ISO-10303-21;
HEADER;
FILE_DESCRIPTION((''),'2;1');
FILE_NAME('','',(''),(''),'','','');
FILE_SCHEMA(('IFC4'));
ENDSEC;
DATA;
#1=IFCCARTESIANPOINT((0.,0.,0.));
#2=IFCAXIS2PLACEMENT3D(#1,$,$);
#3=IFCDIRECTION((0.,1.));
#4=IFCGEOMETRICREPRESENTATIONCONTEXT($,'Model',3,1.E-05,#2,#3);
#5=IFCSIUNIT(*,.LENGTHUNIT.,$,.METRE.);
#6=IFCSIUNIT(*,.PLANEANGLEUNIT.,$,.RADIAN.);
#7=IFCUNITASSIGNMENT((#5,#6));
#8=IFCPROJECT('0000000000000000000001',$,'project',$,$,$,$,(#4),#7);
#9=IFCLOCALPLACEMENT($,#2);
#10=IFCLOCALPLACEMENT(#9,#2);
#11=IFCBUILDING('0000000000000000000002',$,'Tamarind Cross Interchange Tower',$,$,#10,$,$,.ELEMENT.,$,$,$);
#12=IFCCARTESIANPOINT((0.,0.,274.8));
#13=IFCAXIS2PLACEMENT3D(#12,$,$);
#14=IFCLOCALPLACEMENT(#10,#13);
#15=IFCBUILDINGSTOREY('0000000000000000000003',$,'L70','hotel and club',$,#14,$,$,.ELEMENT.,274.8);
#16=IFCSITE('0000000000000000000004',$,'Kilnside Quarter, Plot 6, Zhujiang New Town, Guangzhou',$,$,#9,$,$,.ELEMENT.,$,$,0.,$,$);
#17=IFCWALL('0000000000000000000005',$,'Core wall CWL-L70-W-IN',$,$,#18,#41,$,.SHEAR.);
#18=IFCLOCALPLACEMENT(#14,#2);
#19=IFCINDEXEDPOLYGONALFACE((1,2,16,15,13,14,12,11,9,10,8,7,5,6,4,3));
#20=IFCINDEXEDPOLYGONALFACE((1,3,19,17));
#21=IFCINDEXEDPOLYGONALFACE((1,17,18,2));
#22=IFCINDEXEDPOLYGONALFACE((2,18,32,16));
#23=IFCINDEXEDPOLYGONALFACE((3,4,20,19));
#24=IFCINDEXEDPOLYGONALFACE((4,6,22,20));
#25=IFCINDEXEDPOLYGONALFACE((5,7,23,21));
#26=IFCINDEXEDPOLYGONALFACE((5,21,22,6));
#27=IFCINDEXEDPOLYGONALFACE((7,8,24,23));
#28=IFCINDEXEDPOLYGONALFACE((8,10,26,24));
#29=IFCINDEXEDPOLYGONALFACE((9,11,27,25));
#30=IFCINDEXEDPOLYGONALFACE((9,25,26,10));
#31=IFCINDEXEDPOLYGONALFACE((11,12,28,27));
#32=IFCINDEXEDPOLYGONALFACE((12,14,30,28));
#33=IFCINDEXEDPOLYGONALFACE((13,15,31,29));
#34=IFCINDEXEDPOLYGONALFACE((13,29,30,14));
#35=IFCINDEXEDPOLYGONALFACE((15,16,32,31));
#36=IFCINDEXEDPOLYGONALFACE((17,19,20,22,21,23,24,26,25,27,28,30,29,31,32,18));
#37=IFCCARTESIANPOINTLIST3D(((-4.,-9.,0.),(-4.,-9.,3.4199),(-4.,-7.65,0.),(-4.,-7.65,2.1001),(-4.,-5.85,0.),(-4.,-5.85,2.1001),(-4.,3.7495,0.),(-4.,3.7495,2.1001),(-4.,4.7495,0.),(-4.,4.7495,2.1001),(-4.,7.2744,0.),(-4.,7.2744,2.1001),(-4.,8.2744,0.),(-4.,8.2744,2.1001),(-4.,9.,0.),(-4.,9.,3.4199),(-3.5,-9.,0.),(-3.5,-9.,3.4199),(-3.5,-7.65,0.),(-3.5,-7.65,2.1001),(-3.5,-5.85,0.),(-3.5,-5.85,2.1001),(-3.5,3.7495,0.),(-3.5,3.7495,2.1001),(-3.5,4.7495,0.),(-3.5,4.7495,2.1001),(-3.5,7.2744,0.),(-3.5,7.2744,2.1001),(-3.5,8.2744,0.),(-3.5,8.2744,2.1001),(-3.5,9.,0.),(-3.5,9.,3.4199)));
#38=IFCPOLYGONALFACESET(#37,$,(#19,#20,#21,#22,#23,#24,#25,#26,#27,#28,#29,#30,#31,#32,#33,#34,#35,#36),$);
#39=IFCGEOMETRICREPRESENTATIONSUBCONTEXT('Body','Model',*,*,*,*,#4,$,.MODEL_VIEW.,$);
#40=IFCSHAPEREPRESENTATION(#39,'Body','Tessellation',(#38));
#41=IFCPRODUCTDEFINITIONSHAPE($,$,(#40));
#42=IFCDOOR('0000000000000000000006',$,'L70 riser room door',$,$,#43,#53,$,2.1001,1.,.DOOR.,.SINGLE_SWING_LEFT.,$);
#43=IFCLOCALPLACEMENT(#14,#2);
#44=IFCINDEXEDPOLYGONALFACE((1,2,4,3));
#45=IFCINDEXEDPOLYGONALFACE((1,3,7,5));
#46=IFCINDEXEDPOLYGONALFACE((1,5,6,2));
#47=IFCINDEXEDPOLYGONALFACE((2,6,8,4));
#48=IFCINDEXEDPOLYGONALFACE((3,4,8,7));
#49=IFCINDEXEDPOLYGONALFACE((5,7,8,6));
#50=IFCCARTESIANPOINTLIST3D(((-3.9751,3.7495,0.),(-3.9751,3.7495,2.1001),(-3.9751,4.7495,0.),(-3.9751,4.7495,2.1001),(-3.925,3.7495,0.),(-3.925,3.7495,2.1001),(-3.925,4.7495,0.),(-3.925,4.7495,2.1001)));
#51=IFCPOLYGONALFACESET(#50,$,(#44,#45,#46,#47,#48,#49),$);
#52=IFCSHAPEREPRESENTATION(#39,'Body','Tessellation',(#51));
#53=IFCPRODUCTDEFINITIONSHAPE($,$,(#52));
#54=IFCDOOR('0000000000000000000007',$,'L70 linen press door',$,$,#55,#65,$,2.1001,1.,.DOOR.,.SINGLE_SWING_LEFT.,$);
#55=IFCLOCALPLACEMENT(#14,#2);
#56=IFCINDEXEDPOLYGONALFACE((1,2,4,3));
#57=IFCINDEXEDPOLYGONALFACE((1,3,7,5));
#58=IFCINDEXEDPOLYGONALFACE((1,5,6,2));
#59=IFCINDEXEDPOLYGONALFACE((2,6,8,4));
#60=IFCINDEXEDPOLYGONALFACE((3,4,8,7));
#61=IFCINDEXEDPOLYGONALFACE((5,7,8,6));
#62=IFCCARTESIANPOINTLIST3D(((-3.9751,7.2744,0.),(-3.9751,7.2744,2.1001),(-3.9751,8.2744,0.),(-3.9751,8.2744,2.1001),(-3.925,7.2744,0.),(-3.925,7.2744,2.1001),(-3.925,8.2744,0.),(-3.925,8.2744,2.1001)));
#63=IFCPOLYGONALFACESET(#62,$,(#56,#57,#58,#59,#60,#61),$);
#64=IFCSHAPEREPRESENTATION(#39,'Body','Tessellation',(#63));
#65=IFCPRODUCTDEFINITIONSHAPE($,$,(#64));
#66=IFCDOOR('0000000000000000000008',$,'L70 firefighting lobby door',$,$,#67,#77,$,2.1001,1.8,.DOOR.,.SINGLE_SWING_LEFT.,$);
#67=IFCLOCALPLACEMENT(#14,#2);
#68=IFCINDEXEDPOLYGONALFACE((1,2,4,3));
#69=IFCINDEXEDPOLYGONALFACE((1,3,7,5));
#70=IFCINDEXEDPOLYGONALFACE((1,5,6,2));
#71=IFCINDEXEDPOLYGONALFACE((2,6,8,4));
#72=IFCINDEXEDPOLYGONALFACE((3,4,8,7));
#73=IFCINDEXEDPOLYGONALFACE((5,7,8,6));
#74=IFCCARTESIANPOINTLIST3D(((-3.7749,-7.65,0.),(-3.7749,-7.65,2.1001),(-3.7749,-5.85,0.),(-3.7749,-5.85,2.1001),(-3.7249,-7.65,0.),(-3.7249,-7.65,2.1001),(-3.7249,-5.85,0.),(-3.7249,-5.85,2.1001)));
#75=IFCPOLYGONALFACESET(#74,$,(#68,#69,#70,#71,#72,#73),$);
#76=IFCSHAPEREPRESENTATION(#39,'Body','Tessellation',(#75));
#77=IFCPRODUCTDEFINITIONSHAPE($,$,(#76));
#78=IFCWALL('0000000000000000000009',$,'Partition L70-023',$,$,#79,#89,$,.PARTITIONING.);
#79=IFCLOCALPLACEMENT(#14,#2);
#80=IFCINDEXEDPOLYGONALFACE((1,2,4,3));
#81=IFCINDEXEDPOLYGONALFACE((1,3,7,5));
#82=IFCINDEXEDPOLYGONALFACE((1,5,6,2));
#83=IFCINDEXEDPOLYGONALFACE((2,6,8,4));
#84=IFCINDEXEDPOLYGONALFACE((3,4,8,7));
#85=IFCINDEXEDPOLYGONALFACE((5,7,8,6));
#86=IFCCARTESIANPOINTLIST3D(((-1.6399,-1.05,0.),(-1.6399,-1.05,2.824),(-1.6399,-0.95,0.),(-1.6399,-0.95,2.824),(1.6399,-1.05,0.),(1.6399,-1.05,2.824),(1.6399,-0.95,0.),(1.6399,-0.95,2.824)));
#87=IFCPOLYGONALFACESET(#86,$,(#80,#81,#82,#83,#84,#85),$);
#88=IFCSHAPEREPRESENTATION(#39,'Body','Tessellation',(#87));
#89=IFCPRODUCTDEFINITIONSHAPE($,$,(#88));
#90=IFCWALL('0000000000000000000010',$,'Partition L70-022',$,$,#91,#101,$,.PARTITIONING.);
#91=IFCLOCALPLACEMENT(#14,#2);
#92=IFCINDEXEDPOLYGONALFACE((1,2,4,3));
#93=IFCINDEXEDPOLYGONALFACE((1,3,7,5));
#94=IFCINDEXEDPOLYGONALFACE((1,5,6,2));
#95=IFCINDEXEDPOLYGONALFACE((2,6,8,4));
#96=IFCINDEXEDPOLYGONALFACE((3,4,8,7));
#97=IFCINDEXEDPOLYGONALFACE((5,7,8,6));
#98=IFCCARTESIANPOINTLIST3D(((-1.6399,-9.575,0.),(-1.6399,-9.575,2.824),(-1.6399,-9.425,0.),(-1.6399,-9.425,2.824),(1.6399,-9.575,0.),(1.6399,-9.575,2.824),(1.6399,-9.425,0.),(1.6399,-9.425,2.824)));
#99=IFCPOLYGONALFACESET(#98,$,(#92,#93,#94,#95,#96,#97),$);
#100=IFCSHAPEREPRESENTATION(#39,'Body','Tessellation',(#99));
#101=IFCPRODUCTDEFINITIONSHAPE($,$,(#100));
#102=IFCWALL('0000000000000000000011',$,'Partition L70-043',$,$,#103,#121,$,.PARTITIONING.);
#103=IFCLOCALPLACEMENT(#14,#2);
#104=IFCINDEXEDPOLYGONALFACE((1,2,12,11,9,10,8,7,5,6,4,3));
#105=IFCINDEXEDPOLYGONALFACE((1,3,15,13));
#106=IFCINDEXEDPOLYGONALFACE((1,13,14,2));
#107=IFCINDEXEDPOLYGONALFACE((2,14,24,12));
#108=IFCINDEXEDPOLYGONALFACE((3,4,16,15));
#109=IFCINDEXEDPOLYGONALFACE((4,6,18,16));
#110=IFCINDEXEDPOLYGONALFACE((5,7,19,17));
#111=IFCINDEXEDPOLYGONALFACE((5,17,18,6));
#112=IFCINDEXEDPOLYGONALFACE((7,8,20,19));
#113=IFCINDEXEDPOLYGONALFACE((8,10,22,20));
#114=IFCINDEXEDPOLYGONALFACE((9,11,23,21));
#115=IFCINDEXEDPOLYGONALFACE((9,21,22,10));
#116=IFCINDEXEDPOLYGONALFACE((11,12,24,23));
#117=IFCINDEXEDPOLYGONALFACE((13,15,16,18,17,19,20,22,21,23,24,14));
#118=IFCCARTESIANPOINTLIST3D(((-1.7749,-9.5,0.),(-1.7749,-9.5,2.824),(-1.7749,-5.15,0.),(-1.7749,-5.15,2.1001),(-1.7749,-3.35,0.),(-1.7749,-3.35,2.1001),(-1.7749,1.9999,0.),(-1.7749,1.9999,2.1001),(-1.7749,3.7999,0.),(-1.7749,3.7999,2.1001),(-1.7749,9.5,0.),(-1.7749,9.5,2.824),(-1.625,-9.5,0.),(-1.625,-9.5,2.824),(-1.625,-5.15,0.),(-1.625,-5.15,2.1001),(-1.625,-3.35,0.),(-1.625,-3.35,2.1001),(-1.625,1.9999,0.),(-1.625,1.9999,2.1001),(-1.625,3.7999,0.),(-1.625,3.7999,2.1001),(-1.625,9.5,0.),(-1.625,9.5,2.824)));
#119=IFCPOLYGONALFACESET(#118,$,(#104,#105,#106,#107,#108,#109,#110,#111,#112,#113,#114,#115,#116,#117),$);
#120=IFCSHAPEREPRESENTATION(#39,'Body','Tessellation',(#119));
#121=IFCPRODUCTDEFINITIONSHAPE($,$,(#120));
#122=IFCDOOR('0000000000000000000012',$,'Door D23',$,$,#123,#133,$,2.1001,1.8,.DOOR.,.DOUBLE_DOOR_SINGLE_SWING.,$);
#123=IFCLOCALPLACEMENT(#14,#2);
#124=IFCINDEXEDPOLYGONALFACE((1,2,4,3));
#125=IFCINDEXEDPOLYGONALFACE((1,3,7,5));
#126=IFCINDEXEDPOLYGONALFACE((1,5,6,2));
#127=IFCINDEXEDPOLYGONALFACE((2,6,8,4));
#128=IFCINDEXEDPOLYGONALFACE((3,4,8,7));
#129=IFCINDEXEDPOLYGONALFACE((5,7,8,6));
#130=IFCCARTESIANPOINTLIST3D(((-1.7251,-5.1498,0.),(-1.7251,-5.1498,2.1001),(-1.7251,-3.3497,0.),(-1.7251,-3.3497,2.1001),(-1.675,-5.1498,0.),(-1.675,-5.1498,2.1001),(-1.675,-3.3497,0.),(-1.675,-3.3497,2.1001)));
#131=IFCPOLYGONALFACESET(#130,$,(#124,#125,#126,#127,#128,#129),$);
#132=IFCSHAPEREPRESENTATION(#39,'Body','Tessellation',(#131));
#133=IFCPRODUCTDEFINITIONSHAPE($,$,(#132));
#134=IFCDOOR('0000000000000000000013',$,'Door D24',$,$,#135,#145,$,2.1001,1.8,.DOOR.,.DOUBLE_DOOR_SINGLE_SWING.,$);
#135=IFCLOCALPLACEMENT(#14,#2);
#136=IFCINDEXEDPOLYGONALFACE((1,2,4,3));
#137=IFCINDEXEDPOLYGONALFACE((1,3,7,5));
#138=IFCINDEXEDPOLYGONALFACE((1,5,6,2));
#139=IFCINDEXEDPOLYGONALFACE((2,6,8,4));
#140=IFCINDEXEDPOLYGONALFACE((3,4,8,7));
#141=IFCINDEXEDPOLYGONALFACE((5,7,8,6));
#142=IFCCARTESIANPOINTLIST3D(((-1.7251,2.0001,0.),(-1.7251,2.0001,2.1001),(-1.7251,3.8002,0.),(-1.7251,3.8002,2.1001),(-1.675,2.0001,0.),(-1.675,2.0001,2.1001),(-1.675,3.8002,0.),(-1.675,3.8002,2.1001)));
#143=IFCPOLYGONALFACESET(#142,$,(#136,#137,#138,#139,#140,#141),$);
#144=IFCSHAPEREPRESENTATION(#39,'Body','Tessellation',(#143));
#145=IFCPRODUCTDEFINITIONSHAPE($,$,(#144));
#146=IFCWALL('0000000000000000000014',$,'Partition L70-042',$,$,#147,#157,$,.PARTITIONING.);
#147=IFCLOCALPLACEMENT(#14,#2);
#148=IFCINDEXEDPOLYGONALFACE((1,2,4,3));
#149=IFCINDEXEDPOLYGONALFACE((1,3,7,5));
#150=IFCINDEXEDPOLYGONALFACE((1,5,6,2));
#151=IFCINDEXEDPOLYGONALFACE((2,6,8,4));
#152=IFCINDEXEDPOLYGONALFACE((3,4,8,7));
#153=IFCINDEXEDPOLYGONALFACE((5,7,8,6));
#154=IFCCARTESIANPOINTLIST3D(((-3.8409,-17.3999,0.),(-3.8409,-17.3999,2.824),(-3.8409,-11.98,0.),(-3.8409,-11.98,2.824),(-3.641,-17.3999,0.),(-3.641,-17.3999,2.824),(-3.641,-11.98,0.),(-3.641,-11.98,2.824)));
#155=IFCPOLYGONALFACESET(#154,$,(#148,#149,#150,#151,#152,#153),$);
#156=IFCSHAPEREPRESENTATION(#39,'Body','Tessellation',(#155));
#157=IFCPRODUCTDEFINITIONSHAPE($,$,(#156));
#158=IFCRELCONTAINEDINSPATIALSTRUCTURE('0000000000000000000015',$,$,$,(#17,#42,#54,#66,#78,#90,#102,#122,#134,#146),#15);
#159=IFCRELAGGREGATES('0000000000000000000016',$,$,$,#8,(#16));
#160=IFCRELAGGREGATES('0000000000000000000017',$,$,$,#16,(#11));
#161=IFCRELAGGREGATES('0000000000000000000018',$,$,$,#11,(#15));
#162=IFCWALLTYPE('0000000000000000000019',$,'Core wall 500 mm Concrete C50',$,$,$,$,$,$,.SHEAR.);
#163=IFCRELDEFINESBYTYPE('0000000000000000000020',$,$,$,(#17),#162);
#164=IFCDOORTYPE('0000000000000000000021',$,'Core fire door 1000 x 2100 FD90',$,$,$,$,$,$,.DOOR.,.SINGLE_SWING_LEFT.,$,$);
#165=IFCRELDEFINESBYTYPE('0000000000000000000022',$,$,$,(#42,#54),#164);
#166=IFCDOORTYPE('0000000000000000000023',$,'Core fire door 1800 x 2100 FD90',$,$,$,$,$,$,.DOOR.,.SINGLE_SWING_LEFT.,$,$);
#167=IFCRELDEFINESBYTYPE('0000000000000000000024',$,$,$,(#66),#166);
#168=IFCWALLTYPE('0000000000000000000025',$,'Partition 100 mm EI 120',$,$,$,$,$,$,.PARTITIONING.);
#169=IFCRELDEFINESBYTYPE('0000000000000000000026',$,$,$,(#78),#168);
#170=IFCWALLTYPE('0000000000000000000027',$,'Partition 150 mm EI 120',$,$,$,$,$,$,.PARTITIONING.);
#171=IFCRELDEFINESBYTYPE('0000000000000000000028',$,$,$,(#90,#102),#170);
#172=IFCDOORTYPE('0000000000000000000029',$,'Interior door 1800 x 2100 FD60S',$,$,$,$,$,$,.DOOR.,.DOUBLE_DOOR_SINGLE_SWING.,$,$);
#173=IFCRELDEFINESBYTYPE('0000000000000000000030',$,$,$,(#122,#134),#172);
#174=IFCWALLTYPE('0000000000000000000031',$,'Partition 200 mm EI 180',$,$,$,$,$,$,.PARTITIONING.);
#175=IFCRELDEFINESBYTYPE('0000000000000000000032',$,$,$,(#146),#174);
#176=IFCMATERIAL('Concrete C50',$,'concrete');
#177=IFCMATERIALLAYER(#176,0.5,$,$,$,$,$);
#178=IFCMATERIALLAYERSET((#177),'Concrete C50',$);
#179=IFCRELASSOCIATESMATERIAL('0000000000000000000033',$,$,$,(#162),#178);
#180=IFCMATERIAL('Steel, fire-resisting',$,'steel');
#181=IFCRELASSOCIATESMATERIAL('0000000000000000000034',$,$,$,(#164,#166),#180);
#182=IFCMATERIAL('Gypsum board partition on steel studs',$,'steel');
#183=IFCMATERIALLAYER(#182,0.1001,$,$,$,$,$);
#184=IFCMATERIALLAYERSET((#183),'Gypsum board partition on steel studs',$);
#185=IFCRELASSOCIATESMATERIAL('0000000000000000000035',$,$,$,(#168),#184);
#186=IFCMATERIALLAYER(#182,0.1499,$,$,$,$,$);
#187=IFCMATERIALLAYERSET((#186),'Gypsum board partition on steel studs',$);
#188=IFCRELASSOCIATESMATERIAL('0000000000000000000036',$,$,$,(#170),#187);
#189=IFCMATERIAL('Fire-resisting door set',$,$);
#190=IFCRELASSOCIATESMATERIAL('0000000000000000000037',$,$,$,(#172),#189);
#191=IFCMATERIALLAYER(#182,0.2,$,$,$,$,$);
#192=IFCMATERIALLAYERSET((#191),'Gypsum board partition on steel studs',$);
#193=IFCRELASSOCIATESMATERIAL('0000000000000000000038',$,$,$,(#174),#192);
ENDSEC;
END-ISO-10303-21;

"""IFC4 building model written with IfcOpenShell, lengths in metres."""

from ifc_helpers import new_model, si_unit, direction, frame, frame_2d, origin, place, context, subcontext, project, spatial, rectangle, extrude, material, layer, layer_set, type_object, element, fill, save


model = new_model("IFC4")

# Units and contexts
model_context = context("Model", 3, precision=1e-05, world=origin(), true_north=direction((0.0, 1.0)))
body_context = subcontext(model_context, "Body", "Model", "MODEL_VIEW")
ifc_project = project(units=[si_unit("LENGTHUNIT", "METRE"), si_unit("PLANEANGLEUNIT", "RADIAN")], contexts=[model_context])

# Site, building, storey
site_placement = place(None, origin())
site = spatial("IfcSite", under=ifc_project, at=site_placement, Name="Kilnside Quarter, Plot 6, Zhujiang New Town, Guangzhou", CompositionType="ELEMENT", RefElevation=0.0)
building_placement = place(site_placement, origin())
building = spatial("IfcBuilding", under=site, at=building_placement, Name="Tamarind Cross Interchange Tower", CompositionType="ELEMENT")
storey_placement = place(building_placement, frame((0.0, 0.0, 274.8)))
storey = spatial("IfcBuildingStorey", under=building, at=storey_placement, Name="L70", Description="hotel and club", CompositionType="ELEMENT", Elevation=274.8)

# Wall, openings, doors
ifc_material_1 = material(Name="Concrete C50", Category="concrete")
ifc_layer_1 = layer(ifc_material_1, 0.5)
ifc_layer_set_1 = layer_set([ifc_layer_1], Name="Concrete C50")
wall_type_1 = type_object("IfcWallType", Name="Core wall 500 mm Concrete C50", PredefinedType="SHEAR", material=ifc_layer_set_1)
wall_1_placement = place(storey_placement, frame((-3.75, -9.0, 0.0), z_axis=(0.0, 0.0, 1.0), x_axis=(0.0, 1.0, 0.0)))
wall_1 = element("IfcWall", 1, at=wall_1_placement, inside=storey, type_object=wall_type_1, Name="Core wall CWL-L70-W-IN", PredefinedType="SHEAR", context=body_context, shape_type="SweptSolid", body=[
    extrude(rectangle(XDim=18.0, YDim=0.5, at=frame_2d((9.0, 0.0))), origin(), (0.0, 0.0, 1.0), 3.4199),
])
opening_1_placement = place(wall_1_placement, frame((1.3501, 0.0, 0.0)))
opening_1 = element("IfcOpeningElement", 2, at=opening_1_placement, cuts=wall_1, PredefinedType="OPENING", context=body_context, shape_type="SweptSolid", body=[
    extrude(rectangle(XDim=1.8, YDim=2.1001, at=frame_2d((0.8999, 1.05))), frame((0.0, 0.26, 0.0), z_axis=(0.0, -1.0, 0.0), x_axis=(1.0, 0.0, 0.0)), (0.0, 0.0, 1.0), 0.52),
])
opening_2_placement = place(wall_1_placement, frame((12.7495, 0.0, 0.0)))
opening_2 = element("IfcOpeningElement", 3, at=opening_2_placement, cuts=wall_1, PredefinedType="OPENING", context=body_context, shape_type="SweptSolid", body=[
    extrude(rectangle(XDim=1.0, YDim=2.1001, at=frame_2d((0.5, 1.05))), frame((0.0, 0.26, 0.0), z_axis=(0.0, -1.0, 0.0), x_axis=(1.0, 0.0, 0.0)), (0.0, 0.0, 1.0), 0.52),
])
opening_3_placement = place(wall_1_placement, frame((16.2744, 0.0, 0.0)))
opening_3 = element("IfcOpeningElement", 4, at=opening_3_placement, cuts=wall_1, PredefinedType="OPENING", context=body_context, shape_type="SweptSolid", body=[
    extrude(rectangle(XDim=1.0, YDim=2.1001, at=frame_2d((0.5, 1.05))), frame((0.0, 0.26, 0.0), z_axis=(0.0, -1.0, 0.0), x_axis=(1.0, 0.0, 0.0)), (0.0, 0.0, 1.0), 0.52),
])
ifc_material_2 = material(Name="Steel, fire-resisting", Category="steel")
door_type_1 = type_object("IfcDoorType", Name="Core fire door 1000 x 2100 FD90", OperationType="SINGLE_SWING_LEFT", PredefinedType="DOOR", material=ifc_material_2)
door_1_placement = place(opening_2_placement, origin())
door_1 = element("IfcDoor", 5, at=door_1_placement, inside=storey, type_object=door_type_1, Name="L70 riser room door", OperationType="SINGLE_SWING_LEFT", OverallHeight=2.1001, OverallWidth=1.0, PredefinedType="DOOR", context=body_context, shape_type="SweptSolid", body=[
    extrude(rectangle(XDim=1.0, YDim=2.1001, at=frame_2d((0.5, 1.05))), frame((0.0, 0.2251, 0.0), z_axis=(0.0, -1.0, 0.0), x_axis=(1.0, 0.0, 0.0)), (0.0, 0.0, 1.0), 0.05),
])
fill(opening_2, door_1)
door_2_placement = place(opening_3_placement, origin())
door_2 = element("IfcDoor", 6, at=door_2_placement, inside=storey, type_object=door_type_1, Name="L70 linen press door", OperationType="SINGLE_SWING_LEFT", OverallHeight=2.1001, OverallWidth=1.0, PredefinedType="DOOR", context=body_context, shape_type="SweptSolid", body=[
    extrude(rectangle(XDim=1.0, YDim=2.1001, at=frame_2d((0.5, 1.05))), frame((0.0, 0.2251, 0.0), z_axis=(0.0, -1.0, 0.0), x_axis=(1.0, 0.0, 0.0)), (0.0, 0.0, 1.0), 0.05),
])
fill(opening_3, door_2)
door_type_2 = type_object("IfcDoorType", Name="Core fire door 1800 x 2100 FD90", OperationType="SINGLE_SWING_LEFT", PredefinedType="DOOR", material=ifc_material_2)
door_3_placement = place(opening_1_placement, origin())
door_3 = element("IfcDoor", 7, at=door_3_placement, inside=storey, type_object=door_type_2, Name="L70 firefighting lobby door", OperationType="SINGLE_SWING_LEFT", OverallHeight=2.1001, OverallWidth=1.8, PredefinedType="DOOR", context=body_context, shape_type="SweptSolid", body=[
    extrude(rectangle(XDim=1.8, YDim=2.1001, at=frame_2d((0.8999, 1.05))), frame((0.0, 0.0249, 0.0), z_axis=(0.0, -1.0, 0.0), x_axis=(1.0, 0.0, 0.0)), (0.0, 0.0, 1.0), 0.05),
])
fill(opening_1, door_3)

# Walls
ifc_material_3 = material(Name="Gypsum board partition on steel studs", Category="steel")
ifc_layer_2 = layer(ifc_material_3, 0.1001)
ifc_layer_set_2 = layer_set([ifc_layer_2], Name="Gypsum board partition on steel studs")
wall_type_2 = type_object("IfcWallType", Name="Partition 100 mm EI 120", PredefinedType="PARTITIONING", material=ifc_layer_set_2)
wall_2_placement = place(storey_placement, frame((-1.6399, -1.0, 0.0), z_axis=(0.0, 0.0, 1.0), x_axis=(1.0, 0.0, 0.0)))
element("IfcWall", 8, at=wall_2_placement, inside=storey, type_object=wall_type_2, Name="Partition L70-023", PredefinedType="PARTITIONING", context=body_context, shape_type="SweptSolid", body=[
    extrude(rectangle(XDim=3.2798, YDim=0.1001, at=frame_2d((1.6399, 0.0))), origin(), (0.0, 0.0, 1.0), 2.824),
])
ifc_layer_3 = layer(ifc_material_3, 0.1499)
ifc_layer_set_3 = layer_set([ifc_layer_3], Name="Gypsum board partition on steel studs")
wall_type_3 = type_object("IfcWallType", Name="Partition 150 mm EI 120", PredefinedType="PARTITIONING", material=ifc_layer_set_3)
wall_3_placement = place(storey_placement, frame((-1.6399, -9.5, 0.0), z_axis=(0.0, 0.0, 1.0), x_axis=(1.0, 0.0, 0.0)))
element("IfcWall", 9, at=wall_3_placement, inside=storey, type_object=wall_type_3, Name="Partition L70-022", PredefinedType="PARTITIONING", context=body_context, shape_type="SweptSolid", body=[
    extrude(rectangle(XDim=3.2798, YDim=0.1499, at=frame_2d((1.6399, 0.0))), origin(), (0.0, 0.0, 1.0), 2.824),
])

# Wall, openings, doors
wall_4_placement = place(storey_placement, frame((-1.7, -9.5, 0.0), z_axis=(0.0, 0.0, 1.0), x_axis=(0.0, 1.0, 0.0)))
wall_4 = element("IfcWall", 10, at=wall_4_placement, inside=storey, type_object=wall_type_3, Name="Partition L70-043", PredefinedType="PARTITIONING", context=body_context, shape_type="SweptSolid", body=[
    extrude(rectangle(XDim=19.0, YDim=0.1499, at=frame_2d((9.5, 0.0))), origin(), (0.0, 0.0, 1.0), 2.824),
])
opening_4_placement = place(wall_4_placement, frame((4.3501, 0.0, 0.0)))
opening_4 = element("IfcOpeningElement", 11, at=opening_4_placement, cuts=wall_4, PredefinedType="OPENING", context=body_context, shape_type="SweptSolid", body=[
    extrude(rectangle(XDim=1.8, YDim=2.1001, at=frame_2d((0.8999, 1.05))), frame((0.0, 0.085, 0.0), z_axis=(0.0, -1.0, 0.0), x_axis=(1.0, 0.0, 0.0)), (0.0, 0.0, 1.0), 0.1699),
])
opening_5_placement = place(wall_4_placement, frame((11.5, 0.0, 0.0)))
opening_5 = element("IfcOpeningElement", 12, at=opening_5_placement, cuts=wall_4, PredefinedType="OPENING", context=body_context, shape_type="SweptSolid", body=[
    extrude(rectangle(XDim=1.8, YDim=2.1001, at=frame_2d((0.8999, 1.05))), frame((0.0, 0.085, 0.0), z_axis=(0.0, -1.0, 0.0), x_axis=(1.0, 0.0, 0.0)), (0.0, 0.0, 1.0), 0.1699),
])
ifc_material_4 = material(Name="Fire-resisting door set")
door_type_3 = type_object("IfcDoorType", Name="Interior door 1800 x 2100 FD60S", OperationType="DOUBLE_DOOR_SINGLE_SWING", PredefinedType="DOOR", material=ifc_material_4)
door_4_placement = place(opening_4_placement, frame((1.8, 0.0, 0.0), z_axis=(0.0, 0.0, 1.0), x_axis=(-1.0, 0.0, 0.0)))
door_4 = element("IfcDoor", 13, at=door_4_placement, inside=storey, type_object=door_type_3, Name="Door D23", OperationType="DOUBLE_DOOR_SINGLE_SWING", OverallHeight=2.1001, OverallWidth=1.8, PredefinedType="DOOR", context=body_context, shape_type="SweptSolid", body=[
    extrude(rectangle(XDim=1.8, YDim=2.1001, at=frame_2d((0.8999, 1.05))), frame((0.0, 0.0249, 0.0), z_axis=(0.0, -1.0, 0.0), x_axis=(1.0, 0.0, 0.0)), (0.0, 0.0, 1.0), 0.05),
])
fill(opening_4, door_4)
door_5_placement = place(opening_5_placement, frame((1.8, 0.0, 0.0), z_axis=(0.0, 0.0, 1.0), x_axis=(-1.0, 0.0, 0.0)))
door_5 = element("IfcDoor", 14, at=door_5_placement, inside=storey, type_object=door_type_3, Name="Door D24", OperationType="DOUBLE_DOOR_SINGLE_SWING", OverallHeight=2.1001, OverallWidth=1.8, PredefinedType="DOOR", context=body_context, shape_type="SweptSolid", body=[
    extrude(rectangle(XDim=1.8, YDim=2.1001, at=frame_2d((0.8999, 1.05))), frame((0.0, 0.0249, 0.0), z_axis=(0.0, -1.0, 0.0), x_axis=(1.0, 0.0, 0.0)), (0.0, 0.0, 1.0), 0.05),
])
fill(opening_5, door_5)

# Wall
ifc_layer_4 = layer(ifc_material_3, 0.2)
ifc_layer_set_4 = layer_set([ifc_layer_4], Name="Gypsum board partition on steel studs")
wall_type_4 = type_object("IfcWallType", Name="Partition 200 mm EI 180", PredefinedType="PARTITIONING", material=ifc_layer_set_4)
wall_5_placement = place(storey_placement, frame((-3.741, -17.3999, 0.0), z_axis=(0.0, 0.0, 1.0), x_axis=(0.0, 1.0, 0.0)))
element("IfcWall", 15, at=wall_5_placement, inside=storey, type_object=wall_type_4, Name="Partition L70-042", PredefinedType="PARTITIONING", context=body_context, shape_type="SweptSolid", body=[
    extrude(rectangle(XDim=5.4199, YDim=0.2, at=frame_2d((2.71, 0.0))), origin(), (0.0, 0.0, 1.0), 2.824),
])

save(model, "model.ifc")
